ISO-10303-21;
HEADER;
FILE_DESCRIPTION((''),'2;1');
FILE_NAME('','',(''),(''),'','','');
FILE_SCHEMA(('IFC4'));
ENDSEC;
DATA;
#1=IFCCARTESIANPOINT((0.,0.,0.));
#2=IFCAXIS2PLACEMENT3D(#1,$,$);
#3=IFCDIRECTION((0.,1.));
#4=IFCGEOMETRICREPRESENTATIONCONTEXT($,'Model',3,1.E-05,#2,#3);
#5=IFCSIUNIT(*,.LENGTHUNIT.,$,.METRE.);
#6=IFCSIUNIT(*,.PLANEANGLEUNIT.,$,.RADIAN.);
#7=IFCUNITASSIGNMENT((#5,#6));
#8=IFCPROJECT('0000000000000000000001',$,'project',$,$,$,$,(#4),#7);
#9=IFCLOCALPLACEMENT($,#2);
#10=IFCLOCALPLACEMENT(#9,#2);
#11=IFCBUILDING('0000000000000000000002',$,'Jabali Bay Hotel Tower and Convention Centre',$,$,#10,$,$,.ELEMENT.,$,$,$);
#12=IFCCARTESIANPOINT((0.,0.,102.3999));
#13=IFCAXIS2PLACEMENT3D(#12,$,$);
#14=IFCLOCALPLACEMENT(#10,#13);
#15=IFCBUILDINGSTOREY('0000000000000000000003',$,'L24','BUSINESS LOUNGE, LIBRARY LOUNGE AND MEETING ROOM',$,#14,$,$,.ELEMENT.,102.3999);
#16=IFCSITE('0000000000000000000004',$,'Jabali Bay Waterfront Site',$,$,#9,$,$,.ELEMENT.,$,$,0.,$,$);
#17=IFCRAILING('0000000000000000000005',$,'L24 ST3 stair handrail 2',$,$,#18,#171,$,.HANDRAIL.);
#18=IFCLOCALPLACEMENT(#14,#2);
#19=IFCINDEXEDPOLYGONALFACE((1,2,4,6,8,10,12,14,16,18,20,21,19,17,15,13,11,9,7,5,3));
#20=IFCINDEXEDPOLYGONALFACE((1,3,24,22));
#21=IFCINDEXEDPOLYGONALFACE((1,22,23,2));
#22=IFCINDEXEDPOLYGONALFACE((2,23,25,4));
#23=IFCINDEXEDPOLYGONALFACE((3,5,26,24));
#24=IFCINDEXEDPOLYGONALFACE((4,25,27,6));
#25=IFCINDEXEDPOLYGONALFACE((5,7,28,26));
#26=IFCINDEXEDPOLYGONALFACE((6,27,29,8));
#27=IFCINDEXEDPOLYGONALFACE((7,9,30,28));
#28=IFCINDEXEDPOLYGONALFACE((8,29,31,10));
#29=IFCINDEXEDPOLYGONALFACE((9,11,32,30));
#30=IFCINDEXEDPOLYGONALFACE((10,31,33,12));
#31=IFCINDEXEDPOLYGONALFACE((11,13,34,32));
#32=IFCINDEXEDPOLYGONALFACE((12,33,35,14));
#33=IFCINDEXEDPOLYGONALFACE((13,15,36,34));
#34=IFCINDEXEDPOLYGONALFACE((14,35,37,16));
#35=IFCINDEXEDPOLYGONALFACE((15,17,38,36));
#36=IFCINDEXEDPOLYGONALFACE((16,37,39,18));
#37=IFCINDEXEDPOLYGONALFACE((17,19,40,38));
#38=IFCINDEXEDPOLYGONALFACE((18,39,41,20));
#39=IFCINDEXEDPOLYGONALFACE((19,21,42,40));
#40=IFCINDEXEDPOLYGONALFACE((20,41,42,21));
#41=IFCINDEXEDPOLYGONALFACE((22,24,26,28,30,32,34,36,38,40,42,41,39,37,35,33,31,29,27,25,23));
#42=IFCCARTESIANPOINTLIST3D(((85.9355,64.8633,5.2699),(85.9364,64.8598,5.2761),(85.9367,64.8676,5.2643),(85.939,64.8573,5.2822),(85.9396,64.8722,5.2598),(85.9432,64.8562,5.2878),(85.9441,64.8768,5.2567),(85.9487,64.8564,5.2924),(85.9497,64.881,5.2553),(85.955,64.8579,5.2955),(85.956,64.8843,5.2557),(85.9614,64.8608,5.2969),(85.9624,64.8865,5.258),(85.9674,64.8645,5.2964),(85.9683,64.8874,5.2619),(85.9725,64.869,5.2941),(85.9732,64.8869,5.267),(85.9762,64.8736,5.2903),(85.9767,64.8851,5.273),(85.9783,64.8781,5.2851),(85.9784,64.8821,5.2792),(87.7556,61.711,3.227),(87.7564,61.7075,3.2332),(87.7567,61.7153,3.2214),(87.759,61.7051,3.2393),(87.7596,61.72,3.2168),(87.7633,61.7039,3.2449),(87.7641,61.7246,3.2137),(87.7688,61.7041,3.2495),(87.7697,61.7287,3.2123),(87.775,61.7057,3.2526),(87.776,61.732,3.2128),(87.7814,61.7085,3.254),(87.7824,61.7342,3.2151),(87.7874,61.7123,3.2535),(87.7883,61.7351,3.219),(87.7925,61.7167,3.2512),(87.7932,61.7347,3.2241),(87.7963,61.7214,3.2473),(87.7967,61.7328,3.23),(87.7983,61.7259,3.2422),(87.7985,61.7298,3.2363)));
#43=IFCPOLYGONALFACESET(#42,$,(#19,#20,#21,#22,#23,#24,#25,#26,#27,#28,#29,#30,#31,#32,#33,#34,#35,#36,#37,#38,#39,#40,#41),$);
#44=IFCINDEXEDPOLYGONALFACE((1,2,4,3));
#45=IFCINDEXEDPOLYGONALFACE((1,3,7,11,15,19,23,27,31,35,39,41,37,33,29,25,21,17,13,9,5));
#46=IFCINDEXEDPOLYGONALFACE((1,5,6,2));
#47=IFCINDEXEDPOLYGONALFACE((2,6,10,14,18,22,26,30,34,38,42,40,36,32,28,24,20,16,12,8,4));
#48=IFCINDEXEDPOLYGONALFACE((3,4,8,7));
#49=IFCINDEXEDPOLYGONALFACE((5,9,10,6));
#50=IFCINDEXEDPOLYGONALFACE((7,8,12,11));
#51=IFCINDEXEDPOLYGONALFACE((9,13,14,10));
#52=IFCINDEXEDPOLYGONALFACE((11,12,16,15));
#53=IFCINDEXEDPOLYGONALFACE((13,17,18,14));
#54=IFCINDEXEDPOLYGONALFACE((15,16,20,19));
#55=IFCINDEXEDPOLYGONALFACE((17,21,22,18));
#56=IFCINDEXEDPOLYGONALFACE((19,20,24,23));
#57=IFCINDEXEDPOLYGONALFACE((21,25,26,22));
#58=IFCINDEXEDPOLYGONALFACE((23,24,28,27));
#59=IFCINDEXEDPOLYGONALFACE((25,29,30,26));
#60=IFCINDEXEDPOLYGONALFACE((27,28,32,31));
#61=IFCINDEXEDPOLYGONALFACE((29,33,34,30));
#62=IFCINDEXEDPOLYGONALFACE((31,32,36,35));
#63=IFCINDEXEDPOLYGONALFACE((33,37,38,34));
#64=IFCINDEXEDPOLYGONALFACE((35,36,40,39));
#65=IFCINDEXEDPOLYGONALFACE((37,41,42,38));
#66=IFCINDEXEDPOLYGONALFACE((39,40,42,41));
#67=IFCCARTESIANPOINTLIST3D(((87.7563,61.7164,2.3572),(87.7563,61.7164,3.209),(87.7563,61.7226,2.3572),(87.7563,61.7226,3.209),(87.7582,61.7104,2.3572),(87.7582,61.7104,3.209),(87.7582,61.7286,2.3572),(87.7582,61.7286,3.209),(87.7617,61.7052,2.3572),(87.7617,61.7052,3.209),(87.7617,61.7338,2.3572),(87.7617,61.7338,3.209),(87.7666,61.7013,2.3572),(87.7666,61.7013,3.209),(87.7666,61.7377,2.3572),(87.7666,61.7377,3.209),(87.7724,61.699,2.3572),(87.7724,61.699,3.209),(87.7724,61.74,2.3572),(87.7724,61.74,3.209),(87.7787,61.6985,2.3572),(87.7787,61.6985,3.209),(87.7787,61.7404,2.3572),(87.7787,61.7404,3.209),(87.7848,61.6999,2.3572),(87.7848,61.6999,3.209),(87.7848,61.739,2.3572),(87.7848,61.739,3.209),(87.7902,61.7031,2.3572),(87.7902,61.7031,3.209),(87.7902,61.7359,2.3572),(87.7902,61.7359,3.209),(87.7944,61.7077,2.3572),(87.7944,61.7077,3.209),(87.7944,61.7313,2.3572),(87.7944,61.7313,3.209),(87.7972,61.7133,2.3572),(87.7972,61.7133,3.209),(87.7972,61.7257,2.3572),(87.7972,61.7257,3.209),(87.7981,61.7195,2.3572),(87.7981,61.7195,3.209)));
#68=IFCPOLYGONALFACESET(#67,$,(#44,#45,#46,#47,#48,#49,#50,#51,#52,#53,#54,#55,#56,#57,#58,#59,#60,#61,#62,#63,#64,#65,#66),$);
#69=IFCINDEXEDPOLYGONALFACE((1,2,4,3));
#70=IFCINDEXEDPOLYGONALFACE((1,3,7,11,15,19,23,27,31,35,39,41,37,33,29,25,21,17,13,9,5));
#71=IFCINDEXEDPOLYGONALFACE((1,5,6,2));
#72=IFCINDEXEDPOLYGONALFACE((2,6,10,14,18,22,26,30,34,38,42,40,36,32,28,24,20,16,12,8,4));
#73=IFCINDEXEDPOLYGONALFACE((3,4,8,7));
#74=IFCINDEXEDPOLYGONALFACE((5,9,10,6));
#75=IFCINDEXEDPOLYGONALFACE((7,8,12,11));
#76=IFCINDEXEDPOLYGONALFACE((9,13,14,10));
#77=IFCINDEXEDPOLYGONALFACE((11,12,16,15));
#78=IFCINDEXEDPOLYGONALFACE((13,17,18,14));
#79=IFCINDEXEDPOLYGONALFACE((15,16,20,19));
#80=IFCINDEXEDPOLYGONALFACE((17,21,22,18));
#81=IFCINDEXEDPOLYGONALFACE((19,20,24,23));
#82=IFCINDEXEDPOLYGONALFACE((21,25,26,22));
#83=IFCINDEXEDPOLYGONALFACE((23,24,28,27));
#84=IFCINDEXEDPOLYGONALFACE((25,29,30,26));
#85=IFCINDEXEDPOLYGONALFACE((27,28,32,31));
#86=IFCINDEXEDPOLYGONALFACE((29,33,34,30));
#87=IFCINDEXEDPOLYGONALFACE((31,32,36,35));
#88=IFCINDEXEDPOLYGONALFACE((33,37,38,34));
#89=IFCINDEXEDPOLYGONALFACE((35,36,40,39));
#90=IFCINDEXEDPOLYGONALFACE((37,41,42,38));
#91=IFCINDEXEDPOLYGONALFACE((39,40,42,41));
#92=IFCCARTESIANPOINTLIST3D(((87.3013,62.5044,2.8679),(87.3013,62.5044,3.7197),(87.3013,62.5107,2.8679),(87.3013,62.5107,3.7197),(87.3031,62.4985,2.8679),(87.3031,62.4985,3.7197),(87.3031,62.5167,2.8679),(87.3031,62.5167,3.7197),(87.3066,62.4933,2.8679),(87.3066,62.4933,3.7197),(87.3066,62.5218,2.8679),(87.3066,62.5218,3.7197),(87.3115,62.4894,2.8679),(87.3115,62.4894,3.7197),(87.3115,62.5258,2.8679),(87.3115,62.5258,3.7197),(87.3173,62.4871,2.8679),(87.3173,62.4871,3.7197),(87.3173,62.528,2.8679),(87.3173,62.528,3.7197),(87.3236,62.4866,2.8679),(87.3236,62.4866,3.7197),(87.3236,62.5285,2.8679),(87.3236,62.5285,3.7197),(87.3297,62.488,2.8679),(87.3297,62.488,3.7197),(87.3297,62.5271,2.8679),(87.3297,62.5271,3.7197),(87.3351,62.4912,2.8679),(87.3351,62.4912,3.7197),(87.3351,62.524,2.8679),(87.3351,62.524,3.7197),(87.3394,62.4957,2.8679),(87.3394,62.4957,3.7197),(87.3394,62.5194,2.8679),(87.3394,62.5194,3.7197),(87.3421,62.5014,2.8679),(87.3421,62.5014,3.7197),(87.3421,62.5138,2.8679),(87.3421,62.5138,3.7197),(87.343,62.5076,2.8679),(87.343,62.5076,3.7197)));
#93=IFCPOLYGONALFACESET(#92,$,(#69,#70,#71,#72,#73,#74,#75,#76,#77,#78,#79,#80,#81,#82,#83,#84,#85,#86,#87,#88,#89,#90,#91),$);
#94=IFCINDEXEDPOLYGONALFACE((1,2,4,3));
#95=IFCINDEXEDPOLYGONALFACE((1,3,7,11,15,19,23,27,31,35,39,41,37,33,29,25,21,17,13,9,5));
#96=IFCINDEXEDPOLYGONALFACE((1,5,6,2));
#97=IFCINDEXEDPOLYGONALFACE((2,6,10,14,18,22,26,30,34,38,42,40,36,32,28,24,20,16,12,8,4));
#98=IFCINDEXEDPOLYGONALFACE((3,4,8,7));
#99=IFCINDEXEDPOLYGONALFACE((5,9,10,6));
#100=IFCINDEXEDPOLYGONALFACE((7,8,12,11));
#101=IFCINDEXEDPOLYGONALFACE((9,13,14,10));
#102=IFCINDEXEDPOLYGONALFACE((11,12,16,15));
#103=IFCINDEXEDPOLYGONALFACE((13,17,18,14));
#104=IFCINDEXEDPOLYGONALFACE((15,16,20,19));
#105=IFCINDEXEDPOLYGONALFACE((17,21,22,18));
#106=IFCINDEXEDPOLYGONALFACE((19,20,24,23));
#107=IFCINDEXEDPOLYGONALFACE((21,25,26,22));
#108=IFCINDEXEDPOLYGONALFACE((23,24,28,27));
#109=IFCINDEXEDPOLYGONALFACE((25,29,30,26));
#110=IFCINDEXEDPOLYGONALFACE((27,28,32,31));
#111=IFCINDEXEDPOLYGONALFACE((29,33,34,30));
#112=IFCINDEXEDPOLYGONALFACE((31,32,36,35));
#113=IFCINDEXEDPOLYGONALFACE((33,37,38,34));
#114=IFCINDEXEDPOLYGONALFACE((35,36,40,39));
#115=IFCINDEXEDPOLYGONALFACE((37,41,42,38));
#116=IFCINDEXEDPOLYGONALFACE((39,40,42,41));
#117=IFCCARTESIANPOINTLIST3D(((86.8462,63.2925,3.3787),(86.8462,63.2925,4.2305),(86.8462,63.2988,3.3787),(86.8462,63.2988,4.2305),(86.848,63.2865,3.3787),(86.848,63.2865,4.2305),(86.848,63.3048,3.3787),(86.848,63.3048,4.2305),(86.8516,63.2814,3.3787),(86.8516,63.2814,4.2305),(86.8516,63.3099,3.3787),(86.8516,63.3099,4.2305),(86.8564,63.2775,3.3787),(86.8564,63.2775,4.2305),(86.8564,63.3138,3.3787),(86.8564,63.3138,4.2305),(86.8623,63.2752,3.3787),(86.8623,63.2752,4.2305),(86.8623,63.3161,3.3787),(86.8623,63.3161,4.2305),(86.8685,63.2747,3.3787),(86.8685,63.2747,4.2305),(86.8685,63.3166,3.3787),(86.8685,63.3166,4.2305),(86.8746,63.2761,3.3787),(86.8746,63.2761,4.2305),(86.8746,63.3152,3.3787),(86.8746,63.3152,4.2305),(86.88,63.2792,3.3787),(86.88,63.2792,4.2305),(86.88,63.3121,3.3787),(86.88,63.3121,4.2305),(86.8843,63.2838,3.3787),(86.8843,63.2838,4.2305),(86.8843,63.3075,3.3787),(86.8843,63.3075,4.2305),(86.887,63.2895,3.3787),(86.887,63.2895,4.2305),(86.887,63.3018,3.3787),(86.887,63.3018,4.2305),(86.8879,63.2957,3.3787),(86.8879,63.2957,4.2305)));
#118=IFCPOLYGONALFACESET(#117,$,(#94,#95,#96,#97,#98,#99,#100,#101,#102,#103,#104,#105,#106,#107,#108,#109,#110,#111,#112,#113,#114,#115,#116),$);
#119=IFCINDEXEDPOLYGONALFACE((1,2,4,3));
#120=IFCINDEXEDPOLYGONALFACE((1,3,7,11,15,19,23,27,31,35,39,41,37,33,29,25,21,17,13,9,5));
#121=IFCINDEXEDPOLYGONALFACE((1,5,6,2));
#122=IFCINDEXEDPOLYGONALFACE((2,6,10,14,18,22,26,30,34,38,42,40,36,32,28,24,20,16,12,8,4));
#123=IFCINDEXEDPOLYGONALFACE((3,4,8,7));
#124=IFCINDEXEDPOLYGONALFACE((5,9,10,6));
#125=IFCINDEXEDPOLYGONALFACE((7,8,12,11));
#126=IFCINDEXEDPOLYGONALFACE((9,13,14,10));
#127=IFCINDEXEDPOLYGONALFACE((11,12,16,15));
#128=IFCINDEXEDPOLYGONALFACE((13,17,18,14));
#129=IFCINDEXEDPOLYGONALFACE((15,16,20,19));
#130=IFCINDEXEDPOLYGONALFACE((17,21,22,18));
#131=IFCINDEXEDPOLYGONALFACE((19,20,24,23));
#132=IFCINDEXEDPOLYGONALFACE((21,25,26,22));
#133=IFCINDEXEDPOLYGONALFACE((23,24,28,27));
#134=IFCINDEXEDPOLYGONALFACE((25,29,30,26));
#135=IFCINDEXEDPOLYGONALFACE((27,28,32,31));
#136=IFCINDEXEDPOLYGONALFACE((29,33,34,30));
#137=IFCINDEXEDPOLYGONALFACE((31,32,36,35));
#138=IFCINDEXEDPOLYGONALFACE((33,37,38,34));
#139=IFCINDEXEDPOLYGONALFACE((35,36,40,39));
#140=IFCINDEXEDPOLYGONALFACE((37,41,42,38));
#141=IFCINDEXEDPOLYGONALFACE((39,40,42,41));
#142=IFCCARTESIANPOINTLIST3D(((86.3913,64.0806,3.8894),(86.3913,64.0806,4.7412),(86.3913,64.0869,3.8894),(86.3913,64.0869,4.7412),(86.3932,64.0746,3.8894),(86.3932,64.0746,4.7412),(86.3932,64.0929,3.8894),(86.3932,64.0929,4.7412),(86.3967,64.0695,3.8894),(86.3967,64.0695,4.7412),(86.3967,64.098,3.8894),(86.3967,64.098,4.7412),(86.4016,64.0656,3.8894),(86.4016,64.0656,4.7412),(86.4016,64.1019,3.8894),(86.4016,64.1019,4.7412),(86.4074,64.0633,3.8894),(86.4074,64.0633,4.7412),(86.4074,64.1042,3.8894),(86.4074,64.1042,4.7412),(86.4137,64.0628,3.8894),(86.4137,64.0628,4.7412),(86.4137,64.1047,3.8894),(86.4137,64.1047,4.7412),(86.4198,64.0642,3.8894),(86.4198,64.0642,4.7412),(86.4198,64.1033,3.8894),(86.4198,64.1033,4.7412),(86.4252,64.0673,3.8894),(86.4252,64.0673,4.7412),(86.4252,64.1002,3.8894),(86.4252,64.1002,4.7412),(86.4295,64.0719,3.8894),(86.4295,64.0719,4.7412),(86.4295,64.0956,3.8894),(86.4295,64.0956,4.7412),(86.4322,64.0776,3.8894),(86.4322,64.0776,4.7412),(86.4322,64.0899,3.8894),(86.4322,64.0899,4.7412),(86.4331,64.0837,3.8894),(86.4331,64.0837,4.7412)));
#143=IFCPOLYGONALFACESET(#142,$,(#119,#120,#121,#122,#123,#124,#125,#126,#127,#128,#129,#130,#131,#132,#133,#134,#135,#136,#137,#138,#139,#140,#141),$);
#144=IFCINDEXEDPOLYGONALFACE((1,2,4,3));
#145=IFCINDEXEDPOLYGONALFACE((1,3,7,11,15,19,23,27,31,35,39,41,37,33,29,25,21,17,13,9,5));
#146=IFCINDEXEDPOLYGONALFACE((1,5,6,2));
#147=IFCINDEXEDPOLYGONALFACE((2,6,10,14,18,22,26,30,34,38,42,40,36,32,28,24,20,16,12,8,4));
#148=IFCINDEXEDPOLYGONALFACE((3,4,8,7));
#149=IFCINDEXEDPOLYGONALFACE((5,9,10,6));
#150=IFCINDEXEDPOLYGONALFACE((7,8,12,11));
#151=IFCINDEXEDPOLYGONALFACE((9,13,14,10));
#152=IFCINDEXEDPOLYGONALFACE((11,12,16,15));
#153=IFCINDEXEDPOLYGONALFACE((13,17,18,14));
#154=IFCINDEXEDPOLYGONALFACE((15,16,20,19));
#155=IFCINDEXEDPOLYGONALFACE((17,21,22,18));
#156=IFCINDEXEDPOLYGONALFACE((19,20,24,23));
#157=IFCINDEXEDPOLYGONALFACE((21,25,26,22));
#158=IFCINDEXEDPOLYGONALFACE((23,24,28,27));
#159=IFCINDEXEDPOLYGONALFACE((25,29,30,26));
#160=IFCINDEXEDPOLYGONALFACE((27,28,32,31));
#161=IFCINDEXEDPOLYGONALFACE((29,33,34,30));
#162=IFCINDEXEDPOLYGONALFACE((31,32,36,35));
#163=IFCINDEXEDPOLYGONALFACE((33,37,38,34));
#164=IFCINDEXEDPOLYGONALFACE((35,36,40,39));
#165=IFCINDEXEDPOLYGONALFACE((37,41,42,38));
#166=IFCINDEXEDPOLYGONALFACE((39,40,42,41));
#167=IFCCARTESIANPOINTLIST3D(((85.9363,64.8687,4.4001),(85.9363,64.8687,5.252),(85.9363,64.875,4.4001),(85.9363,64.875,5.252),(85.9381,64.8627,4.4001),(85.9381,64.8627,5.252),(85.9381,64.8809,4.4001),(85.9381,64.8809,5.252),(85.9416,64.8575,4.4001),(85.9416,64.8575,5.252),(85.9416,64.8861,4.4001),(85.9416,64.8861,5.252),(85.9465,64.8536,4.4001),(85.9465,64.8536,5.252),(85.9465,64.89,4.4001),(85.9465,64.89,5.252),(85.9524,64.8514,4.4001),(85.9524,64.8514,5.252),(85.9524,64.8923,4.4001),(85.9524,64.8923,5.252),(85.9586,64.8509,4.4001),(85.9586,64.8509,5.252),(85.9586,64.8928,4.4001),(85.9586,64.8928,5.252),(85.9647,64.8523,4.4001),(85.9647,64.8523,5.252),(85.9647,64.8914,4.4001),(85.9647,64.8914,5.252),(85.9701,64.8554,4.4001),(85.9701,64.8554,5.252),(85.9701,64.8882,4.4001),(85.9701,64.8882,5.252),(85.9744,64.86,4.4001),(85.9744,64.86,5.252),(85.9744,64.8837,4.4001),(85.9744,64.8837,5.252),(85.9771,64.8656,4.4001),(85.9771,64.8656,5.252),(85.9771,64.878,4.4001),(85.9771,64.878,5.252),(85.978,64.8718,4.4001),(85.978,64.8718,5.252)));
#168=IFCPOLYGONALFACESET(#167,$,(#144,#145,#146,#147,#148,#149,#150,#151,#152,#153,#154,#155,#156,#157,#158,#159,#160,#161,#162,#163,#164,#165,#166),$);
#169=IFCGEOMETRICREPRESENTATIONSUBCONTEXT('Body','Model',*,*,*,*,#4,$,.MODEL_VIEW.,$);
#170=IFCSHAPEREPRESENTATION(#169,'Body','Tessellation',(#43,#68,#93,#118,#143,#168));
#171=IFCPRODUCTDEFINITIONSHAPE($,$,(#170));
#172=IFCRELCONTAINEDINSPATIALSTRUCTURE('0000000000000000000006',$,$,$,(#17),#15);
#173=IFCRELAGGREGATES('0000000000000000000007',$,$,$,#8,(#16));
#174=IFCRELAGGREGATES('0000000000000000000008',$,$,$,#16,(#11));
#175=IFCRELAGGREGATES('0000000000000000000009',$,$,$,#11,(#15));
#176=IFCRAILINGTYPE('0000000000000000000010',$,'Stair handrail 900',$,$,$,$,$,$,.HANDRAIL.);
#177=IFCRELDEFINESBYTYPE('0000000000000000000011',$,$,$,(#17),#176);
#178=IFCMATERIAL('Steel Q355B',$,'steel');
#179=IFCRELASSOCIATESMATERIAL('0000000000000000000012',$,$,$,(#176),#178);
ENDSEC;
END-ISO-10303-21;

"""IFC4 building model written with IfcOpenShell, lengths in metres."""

from ifc_helpers import new_model, si_unit, direction, frame, origin, origin_2d, place, context, subcontext, project, spatial, circle, extrude, material, type_object, element, save


model = new_model("IFC4")

# Units and contexts
model_context = context("Model", 3, precision=1e-05, world=origin(), true_north=direction((0.0, 1.0)))
body_context = subcontext(model_context, "Body", "Model", "MODEL_VIEW")
ifc_project = project(units=[si_unit("LENGTHUNIT", "METRE"), si_unit("PLANEANGLEUNIT", "RADIAN")], contexts=[model_context])

# Site, building, storey
site_placement = place(None, origin())
site = spatial("IfcSite", under=ifc_project, at=site_placement, Name="Jabali Bay Waterfront Site", CompositionType="ELEMENT", RefElevation=0.0)
building_placement = place(site_placement, origin())
building = spatial("IfcBuilding", under=site, at=building_placement, Name="Jabali Bay Hotel Tower and Convention Centre", CompositionType="ELEMENT")
storey_placement = place(building_placement, frame((0.0, 0.0, 102.3999)))
storey = spatial("IfcBuildingStorey", under=building, at=storey_placement, Name="L24", Description="BUSINESS LOUNGE, LIBRARY LOUNGE AND MEETING ROOM", CompositionType="ELEMENT", Elevation=102.3999)

# Railing
ifc_material_1 = material(Name="Steel Q355B", Category="steel")
railing_type_1 = type_object("IfcRailingType", Name="Stair handrail 900", PredefinedType="HANDRAIL", material=ifc_material_1)
railing_1_placement = place(storey_placement, frame((87.7771, 61.7195, 2.3572)))
element("IfcRailing", 1, at=railing_1_placement, inside=storey, type_object=railing_type_1, Name="L24 ST3 stair handrail 2", PredefinedType="HANDRAIL", context=body_context, shape_type="SweptSolid", body=[
    extrude(circle(Radius=0.0239, at=origin_2d()), frame((0.0, 0.0, 0.876), z_axis=(-0.436032, 0.755204, 0.489432), x_axis=(-0.866018, -0.500013, 0.0)), (0.0, 0.0, 1.0), 4.1741),
    extrude(circle(Radius=0.021, at=origin_2d()), origin(), (0.0, 0.0, 1.0), 0.8518),
    extrude(circle(Radius=0.021, at=origin_2d()), frame((-0.4551, 0.7881, 0.5107)), (0.0, 0.0, 1.0), 0.8518),
    extrude(circle(Radius=0.021, at=origin_2d()), frame((-0.9102, 1.5762, 1.0215)), (0.0, 0.0, 1.0), 0.8518),
    extrude(circle(Radius=0.021, at=origin_2d()), frame((-1.365, 2.3643, 1.5322)), (0.0, 0.0, 1.0), 0.8518),
    extrude(circle(Radius=0.021, at=origin_2d()), frame((-1.8201, 3.1523, 2.043)), (0.0, 0.0, 1.0), 0.8518),
])

save(model, "model.ifc")
